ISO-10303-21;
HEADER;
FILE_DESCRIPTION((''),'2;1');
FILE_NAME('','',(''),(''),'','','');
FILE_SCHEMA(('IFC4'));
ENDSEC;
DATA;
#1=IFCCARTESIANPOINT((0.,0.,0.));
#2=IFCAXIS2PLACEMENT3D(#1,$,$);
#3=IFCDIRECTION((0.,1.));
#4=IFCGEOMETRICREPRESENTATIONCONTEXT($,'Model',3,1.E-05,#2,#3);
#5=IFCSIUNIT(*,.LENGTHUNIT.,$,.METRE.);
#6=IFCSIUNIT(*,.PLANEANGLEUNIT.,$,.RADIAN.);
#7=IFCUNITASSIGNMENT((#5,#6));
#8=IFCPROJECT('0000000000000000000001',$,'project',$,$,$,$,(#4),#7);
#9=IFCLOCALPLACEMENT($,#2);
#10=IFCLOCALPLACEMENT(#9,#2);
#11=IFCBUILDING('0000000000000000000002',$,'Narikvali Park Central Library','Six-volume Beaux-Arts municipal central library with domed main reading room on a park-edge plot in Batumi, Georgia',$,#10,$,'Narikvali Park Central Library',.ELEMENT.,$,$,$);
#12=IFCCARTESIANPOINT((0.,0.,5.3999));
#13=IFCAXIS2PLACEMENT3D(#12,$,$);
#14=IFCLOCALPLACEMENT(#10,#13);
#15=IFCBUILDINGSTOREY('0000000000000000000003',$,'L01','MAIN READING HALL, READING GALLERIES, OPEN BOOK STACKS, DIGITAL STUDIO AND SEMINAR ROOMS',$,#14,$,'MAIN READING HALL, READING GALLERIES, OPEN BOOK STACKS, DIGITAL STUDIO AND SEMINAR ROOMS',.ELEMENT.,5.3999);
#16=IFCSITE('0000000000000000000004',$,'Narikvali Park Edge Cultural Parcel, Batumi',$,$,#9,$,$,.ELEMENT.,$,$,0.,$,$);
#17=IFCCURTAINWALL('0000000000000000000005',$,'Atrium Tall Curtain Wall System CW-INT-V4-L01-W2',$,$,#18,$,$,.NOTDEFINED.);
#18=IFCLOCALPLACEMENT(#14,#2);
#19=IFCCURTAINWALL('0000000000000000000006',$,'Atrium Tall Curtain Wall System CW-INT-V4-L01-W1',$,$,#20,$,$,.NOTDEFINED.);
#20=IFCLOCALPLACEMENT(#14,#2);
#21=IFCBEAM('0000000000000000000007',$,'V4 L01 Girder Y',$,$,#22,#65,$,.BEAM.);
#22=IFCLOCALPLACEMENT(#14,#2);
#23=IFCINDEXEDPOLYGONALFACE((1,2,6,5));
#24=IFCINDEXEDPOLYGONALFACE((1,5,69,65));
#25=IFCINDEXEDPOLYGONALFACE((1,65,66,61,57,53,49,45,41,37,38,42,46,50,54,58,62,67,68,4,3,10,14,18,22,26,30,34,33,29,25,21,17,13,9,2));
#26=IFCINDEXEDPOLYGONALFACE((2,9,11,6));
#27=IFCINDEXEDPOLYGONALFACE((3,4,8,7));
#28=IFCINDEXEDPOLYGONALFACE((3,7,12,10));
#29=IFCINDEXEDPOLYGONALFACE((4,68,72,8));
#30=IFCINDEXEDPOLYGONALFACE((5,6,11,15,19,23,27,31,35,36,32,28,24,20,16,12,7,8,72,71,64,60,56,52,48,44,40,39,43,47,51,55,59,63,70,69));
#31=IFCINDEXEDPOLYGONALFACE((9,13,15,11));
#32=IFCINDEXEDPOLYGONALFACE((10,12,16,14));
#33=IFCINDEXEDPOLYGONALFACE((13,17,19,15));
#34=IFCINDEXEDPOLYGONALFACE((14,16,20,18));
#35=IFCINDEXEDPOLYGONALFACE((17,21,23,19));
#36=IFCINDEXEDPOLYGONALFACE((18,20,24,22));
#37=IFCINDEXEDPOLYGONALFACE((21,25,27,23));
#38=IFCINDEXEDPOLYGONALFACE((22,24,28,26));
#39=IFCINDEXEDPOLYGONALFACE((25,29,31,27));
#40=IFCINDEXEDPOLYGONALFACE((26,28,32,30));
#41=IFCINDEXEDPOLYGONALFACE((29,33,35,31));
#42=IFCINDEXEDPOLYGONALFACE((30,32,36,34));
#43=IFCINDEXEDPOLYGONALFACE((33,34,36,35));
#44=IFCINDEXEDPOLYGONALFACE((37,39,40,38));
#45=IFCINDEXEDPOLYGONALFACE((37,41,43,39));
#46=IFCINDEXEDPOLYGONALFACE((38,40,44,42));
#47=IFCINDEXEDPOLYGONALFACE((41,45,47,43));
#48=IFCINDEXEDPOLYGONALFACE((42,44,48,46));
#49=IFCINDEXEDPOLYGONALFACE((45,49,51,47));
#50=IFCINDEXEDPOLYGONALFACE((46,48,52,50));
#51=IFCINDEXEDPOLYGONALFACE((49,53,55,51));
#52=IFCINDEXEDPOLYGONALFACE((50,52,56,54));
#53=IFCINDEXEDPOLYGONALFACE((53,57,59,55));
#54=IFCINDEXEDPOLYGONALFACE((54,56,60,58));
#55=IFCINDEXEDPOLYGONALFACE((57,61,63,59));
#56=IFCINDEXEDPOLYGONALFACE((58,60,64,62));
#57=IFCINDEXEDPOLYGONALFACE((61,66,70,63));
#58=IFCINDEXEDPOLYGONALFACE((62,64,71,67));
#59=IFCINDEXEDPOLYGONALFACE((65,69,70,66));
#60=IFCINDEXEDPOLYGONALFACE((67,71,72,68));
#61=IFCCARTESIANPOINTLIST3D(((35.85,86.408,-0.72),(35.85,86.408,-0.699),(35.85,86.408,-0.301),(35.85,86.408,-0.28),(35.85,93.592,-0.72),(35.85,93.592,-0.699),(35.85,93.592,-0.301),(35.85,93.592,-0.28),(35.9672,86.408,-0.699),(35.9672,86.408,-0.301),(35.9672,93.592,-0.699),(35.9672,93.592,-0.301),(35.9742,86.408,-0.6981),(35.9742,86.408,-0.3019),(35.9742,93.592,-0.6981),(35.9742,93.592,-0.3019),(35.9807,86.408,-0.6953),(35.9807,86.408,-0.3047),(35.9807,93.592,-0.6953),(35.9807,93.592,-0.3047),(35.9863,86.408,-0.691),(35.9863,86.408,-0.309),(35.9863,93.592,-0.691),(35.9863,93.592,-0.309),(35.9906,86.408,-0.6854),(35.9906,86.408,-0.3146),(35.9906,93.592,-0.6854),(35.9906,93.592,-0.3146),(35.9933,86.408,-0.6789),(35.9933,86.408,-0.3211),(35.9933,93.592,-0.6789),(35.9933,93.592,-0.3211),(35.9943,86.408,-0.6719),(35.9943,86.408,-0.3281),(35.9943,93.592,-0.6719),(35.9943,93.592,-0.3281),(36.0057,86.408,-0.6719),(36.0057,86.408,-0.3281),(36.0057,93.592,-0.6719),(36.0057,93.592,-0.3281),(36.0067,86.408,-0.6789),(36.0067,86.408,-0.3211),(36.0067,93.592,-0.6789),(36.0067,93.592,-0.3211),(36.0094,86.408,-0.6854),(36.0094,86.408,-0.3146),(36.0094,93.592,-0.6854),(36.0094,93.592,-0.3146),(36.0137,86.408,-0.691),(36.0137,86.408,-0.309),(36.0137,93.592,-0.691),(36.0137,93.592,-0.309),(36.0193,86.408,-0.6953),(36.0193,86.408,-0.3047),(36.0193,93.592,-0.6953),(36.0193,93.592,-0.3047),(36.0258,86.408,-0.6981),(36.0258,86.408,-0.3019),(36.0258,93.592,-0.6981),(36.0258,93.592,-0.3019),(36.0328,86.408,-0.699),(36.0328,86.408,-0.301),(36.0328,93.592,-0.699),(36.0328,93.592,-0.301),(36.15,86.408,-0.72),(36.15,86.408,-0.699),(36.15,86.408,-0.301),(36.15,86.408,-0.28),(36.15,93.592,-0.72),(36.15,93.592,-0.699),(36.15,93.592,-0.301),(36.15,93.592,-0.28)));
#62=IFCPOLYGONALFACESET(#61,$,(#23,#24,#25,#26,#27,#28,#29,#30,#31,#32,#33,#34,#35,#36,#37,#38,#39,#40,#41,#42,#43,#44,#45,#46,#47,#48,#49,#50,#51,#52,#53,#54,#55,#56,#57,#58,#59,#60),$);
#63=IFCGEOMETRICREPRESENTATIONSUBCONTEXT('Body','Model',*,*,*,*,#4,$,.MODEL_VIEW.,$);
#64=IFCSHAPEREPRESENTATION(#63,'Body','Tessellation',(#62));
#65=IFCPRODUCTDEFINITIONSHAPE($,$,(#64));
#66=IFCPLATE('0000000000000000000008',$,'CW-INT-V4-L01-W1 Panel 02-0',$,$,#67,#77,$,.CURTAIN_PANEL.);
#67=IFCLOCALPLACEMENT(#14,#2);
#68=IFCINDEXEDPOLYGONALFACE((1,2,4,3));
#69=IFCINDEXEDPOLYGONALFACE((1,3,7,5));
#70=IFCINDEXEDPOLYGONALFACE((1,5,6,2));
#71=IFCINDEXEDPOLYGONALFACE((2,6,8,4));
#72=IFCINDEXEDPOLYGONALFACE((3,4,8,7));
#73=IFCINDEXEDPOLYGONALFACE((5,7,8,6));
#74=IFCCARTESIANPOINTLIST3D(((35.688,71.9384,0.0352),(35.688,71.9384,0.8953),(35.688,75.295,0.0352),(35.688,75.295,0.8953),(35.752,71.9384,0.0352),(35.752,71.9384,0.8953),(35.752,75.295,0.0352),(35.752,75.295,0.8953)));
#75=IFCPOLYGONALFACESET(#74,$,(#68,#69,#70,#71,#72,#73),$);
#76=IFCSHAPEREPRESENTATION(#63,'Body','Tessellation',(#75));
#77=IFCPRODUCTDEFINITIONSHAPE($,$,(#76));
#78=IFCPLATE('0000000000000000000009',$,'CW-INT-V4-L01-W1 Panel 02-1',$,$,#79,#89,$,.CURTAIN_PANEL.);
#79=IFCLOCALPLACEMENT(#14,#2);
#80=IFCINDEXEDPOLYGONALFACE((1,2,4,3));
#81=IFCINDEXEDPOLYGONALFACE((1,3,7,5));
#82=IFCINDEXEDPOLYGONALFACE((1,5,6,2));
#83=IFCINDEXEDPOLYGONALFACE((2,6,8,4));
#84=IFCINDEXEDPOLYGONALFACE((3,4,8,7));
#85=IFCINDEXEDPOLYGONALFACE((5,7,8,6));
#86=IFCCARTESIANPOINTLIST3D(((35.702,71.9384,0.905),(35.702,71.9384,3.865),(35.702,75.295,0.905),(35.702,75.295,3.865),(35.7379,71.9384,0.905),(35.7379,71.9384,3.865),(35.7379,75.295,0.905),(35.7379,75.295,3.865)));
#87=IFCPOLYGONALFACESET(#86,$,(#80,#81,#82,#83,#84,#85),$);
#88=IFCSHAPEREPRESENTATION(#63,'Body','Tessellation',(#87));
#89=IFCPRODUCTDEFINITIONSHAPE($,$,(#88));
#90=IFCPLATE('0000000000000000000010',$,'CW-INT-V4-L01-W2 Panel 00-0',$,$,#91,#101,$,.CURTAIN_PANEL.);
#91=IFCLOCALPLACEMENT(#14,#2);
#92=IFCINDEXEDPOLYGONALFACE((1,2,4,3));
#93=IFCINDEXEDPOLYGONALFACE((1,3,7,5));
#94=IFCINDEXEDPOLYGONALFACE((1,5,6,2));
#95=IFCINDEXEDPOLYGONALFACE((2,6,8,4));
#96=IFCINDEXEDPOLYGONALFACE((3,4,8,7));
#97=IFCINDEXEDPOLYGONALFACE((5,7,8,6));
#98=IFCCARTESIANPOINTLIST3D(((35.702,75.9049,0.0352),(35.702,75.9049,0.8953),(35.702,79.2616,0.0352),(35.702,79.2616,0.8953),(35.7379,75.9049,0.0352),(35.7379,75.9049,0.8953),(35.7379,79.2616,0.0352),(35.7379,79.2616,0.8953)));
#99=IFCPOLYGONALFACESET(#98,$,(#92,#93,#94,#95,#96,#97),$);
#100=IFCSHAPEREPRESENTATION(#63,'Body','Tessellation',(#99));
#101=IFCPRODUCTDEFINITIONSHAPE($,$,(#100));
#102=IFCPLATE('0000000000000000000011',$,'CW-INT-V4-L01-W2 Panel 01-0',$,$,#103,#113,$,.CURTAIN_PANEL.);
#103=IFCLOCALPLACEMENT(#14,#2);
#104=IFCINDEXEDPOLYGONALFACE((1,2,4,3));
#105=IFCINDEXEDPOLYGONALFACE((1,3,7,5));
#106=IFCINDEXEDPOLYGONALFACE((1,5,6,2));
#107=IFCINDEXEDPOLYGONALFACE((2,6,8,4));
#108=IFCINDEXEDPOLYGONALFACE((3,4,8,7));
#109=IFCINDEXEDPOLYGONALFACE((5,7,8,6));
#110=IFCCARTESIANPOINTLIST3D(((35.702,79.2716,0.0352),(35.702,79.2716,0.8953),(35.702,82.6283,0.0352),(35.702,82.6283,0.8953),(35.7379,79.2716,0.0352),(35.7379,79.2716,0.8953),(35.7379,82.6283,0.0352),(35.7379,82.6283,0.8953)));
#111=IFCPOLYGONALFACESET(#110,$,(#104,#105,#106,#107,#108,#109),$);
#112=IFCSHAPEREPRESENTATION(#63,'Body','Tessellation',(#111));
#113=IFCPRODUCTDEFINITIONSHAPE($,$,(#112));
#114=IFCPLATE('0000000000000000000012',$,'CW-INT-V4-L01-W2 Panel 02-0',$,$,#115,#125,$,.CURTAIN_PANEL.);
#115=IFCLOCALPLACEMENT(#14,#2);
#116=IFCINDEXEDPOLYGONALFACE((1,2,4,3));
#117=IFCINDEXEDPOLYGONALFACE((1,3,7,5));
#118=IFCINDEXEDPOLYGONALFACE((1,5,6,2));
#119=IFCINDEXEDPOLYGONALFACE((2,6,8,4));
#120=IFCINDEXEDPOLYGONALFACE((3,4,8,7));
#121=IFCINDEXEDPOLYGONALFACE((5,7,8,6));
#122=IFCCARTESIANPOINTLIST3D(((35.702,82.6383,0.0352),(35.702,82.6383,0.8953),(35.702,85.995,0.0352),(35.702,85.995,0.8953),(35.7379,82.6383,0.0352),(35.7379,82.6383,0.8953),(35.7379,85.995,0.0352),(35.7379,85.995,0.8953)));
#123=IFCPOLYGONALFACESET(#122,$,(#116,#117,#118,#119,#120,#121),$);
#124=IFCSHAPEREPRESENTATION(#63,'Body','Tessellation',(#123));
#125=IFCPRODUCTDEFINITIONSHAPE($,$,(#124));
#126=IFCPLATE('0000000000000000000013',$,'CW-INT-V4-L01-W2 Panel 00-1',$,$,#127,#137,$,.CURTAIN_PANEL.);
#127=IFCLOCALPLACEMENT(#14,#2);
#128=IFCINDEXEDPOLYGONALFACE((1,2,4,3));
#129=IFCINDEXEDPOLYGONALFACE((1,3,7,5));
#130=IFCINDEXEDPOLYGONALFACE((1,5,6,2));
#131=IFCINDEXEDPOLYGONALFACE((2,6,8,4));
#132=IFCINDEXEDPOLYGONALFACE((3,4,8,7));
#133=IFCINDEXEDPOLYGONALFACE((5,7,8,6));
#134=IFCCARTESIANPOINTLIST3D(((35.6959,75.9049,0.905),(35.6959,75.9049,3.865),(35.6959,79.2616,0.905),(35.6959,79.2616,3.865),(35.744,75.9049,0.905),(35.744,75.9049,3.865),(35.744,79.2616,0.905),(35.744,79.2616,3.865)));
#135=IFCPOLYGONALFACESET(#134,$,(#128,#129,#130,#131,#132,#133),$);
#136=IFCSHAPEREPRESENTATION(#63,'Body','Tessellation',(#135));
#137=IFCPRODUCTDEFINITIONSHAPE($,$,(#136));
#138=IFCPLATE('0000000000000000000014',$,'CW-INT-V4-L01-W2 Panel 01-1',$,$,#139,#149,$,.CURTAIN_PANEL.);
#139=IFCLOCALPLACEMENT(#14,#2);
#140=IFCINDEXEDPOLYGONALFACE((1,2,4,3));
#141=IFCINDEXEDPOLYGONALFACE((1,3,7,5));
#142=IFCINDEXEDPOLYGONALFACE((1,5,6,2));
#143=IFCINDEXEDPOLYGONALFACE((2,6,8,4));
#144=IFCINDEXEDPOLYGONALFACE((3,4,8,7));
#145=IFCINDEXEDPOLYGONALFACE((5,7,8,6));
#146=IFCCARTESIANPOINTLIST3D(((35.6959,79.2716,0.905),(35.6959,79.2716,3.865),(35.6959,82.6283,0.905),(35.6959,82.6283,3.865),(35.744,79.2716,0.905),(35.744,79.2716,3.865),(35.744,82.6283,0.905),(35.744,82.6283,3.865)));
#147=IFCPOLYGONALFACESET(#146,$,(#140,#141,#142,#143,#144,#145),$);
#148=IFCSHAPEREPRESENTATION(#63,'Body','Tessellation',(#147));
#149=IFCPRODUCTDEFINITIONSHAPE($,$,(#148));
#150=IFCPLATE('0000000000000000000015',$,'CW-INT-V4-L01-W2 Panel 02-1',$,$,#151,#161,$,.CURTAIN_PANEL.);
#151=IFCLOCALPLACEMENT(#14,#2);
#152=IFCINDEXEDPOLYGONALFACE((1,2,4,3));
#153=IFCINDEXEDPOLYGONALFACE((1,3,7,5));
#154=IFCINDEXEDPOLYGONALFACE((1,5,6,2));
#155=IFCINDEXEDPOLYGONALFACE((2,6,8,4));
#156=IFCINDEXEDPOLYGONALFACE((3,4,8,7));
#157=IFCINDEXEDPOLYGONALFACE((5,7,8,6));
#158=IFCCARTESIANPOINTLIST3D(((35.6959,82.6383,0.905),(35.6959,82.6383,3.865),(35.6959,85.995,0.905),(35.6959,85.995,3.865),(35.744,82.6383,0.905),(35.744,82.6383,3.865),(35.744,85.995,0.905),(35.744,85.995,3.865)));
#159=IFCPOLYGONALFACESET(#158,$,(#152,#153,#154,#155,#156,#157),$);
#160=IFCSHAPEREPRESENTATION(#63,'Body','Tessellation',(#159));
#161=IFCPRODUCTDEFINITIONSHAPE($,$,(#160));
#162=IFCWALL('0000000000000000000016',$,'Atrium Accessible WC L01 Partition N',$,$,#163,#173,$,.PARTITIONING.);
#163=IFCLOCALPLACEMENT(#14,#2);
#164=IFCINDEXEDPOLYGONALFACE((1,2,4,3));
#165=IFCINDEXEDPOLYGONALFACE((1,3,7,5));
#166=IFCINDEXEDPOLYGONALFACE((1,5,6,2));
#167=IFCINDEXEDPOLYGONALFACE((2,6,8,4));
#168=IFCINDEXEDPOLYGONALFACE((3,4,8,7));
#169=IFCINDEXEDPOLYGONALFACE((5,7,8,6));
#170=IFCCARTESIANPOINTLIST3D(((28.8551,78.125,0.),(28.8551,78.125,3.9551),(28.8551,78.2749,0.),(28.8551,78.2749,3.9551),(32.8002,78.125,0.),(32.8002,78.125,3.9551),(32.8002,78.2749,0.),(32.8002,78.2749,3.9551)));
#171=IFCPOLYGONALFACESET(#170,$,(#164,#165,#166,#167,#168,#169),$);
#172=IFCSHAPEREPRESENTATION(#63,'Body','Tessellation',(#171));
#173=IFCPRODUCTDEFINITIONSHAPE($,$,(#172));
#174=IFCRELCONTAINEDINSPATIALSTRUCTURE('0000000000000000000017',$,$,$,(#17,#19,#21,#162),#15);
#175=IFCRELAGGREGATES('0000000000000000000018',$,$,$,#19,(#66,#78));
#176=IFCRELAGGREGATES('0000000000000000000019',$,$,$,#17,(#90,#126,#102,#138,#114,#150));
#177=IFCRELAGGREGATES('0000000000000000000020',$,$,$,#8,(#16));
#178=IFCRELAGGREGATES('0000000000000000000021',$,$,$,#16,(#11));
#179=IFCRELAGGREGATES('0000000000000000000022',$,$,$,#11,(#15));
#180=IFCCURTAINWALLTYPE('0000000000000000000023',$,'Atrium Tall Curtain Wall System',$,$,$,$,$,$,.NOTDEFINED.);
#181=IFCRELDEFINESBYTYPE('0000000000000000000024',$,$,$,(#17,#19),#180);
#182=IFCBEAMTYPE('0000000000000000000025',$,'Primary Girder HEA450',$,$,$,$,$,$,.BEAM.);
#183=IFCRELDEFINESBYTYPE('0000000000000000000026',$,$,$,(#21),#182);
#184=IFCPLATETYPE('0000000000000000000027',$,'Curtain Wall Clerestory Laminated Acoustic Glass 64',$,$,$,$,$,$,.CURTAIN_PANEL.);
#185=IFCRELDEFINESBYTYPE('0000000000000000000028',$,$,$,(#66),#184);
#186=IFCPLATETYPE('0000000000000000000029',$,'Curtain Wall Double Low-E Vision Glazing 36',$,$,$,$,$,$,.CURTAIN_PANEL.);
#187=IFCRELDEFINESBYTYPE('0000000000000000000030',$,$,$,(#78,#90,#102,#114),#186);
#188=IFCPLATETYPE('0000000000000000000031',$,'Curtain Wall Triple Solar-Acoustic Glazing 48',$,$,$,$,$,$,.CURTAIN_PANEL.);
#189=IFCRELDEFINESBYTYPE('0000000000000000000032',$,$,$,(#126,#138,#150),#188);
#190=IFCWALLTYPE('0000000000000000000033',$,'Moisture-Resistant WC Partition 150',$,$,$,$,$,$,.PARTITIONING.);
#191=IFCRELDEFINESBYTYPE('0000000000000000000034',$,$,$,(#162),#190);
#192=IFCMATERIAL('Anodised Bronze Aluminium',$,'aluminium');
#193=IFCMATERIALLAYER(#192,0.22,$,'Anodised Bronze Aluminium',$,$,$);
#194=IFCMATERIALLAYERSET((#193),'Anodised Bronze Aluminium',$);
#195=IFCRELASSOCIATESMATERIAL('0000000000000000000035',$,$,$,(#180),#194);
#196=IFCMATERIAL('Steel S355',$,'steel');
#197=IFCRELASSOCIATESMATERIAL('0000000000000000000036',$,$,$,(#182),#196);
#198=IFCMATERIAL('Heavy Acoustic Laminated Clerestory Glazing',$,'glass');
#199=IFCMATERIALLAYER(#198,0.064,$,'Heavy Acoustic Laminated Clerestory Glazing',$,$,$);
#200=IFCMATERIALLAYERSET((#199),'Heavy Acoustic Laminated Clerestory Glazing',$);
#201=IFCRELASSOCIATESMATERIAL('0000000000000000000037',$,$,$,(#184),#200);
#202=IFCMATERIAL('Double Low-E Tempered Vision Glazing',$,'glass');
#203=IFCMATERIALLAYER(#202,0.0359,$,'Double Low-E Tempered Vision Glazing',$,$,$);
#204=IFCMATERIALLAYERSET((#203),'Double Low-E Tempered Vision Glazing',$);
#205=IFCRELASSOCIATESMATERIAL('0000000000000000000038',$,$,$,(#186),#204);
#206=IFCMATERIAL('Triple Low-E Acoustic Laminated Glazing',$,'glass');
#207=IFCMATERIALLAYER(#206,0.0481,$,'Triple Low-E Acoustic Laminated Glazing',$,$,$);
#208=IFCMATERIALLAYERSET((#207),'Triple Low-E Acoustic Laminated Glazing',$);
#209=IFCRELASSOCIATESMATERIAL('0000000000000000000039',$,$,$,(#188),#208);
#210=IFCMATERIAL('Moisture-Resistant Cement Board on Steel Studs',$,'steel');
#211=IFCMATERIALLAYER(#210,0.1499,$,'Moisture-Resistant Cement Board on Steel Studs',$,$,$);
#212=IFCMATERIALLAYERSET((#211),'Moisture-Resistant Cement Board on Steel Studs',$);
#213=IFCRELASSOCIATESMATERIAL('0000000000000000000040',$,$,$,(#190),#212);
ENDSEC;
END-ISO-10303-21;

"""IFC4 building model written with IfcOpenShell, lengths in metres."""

from ifc_helpers import new_model, si_unit, direction, frame, frame_2d, origin, origin_2d, place, context, subcontext, project, spatial, rectangle, i_section, extrude, material, layer, layer_set, material_profile, profile_set, type_object, element, aggregate, save


model = new_model("IFC4")

# Units and contexts
model_context = context("Model", 3, precision=1e-05, world=origin(), true_north=direction((0.0, 1.0)))
body_context = subcontext(model_context, "Body", "Model", "MODEL_VIEW")
ifc_project = project(units=[si_unit("LENGTHUNIT", "METRE"), si_unit("PLANEANGLEUNIT", "RADIAN")], contexts=[model_context])

# Site, building, storey
site_placement = place(None, origin())
site = spatial("IfcSite", under=ifc_project, at=site_placement, Name="Narikvali Park Edge Cultural Parcel, Batumi", CompositionType="ELEMENT", RefElevation=0.0)
building_placement = place(site_placement, origin())
building = spatial("IfcBuilding", under=site, at=building_placement, Name="Narikvali Park Central Library", Description="Six-volume Beaux-Arts municipal central library with domed main reading room on a park-edge plot in Batumi, Georgia", LongName="Narikvali Park Central Library", CompositionType="ELEMENT")
storey_placement = place(building_placement, frame((0.0, 0.0, 5.3999)))
storey = spatial("IfcBuildingStorey", under=building, at=storey_placement, Name="L01", Description="MAIN READING HALL, READING GALLERIES, OPEN BOOK STACKS, DIGITAL STUDIO AND SEMINAR ROOMS", LongName="MAIN READING HALL, READING GALLERIES, OPEN BOOK STACKS, DIGITAL STUDIO AND SEMINAR ROOMS", CompositionType="ELEMENT", Elevation=5.3999)

# Shared definitions
ifc_material_1 = material(Name="Steel S355", Category="steel")

# Curtain wall
ifc_material_2 = material(Name="Anodised Bronze Aluminium", Category="aluminium")
ifc_layer_1 = layer(ifc_material_2, 0.22, Name="Anodised Bronze Aluminium")
ifc_layer_set_1 = layer_set([ifc_layer_1], Name="Anodised Bronze Aluminium")
curtain_wall_type = type_object("IfcCurtainWallType", Name="Atrium Tall Curtain Wall System", PredefinedType="NOTDEFINED", material=ifc_layer_set_1)
curtain_wall_1_placement = place(storey_placement, origin())
curtain_wall_1 = element("IfcCurtainWall", 1, at=curtain_wall_1_placement, inside=storey, type_object=curtain_wall_type, Name="Atrium Tall Curtain Wall System CW-INT-V4-L01-W2", PredefinedType="NOTDEFINED")

# Curtain wall
curtain_wall_2_placement = place(storey_placement, origin())
curtain_wall_2 = element("IfcCurtainWall", 2, at=curtain_wall_2_placement, inside=storey, type_object=curtain_wall_type, Name="Atrium Tall Curtain Wall System CW-INT-V4-L01-W1", PredefinedType="NOTDEFINED")

# Beam
ifc_material_profile_1 = material_profile(ifc_material_1, i_section(OverallWidth=0.3, OverallDepth=0.4399, WebThickness=0.0115, FlangeThickness=0.021, FilletRadius=0.0271, at=origin_2d()), Name="HEA 450")
ifc_profile_set_1 = profile_set([ifc_material_profile_1], Name="Steel S355")
beam_type_1 = type_object("IfcBeamType", Name="Primary Girder HEA450", PredefinedType="BEAM", material=ifc_profile_set_1)
beam_placement = place(storey_placement, frame((36.0, 86.408, -0.5), z_axis=(0.0, 1.0, 0.0), x_axis=(-1.0, 0.0, 0.0)))
element("IfcBeam", 3, at=beam_placement, inside=storey, type_object=beam_type_1, Name="V4 L01 Girder Y", PredefinedType="BEAM", context=body_context, shape_type="SweptSolid", body=[
    extrude(i_section(OverallWidth=0.3, OverallDepth=0.4399, WebThickness=0.0115, FlangeThickness=0.021, FilletRadius=0.0271, at=origin_2d()), origin(), (0.0, 0.0, 1.0), 7.1841),
])

# Plates
ifc_material_3 = material(Name="Heavy Acoustic Laminated Clerestory Glazing", Category="glass")
ifc_layer_2 = layer(ifc_material_3, 0.064, Name="Heavy Acoustic Laminated Clerestory Glazing")
ifc_layer_set_2 = layer_set([ifc_layer_2], Name="Heavy Acoustic Laminated Clerestory Glazing")
plate_type_1 = type_object("IfcPlateType", Name="Curtain Wall Clerestory Laminated Acoustic Glass 64", PredefinedType="CURTAIN_PANEL", material=ifc_layer_set_2)
plate_1_placement = place(storey_placement, frame((35.72, 73.6167, 0.0352), z_axis=(0.0, 0.0, 1.0), x_axis=(0.0, 1.0, 0.0)))
plate_1 = element("IfcPlate", 4, at=plate_1_placement, type_object=plate_type_1, Name="CW-INT-V4-L01-W1 Panel 02-0", PredefinedType="CURTAIN_PANEL", context=body_context, shape_type="SweptSolid", body=[
    extrude(rectangle(XDim=3.3567, YDim=0.064, at=origin_2d()), origin(), (0.0, 0.0, 1.0), 0.8601),
])
ifc_material_4 = material(Name="Double Low-E Tempered Vision Glazing", Category="glass")
ifc_layer_3 = layer(ifc_material_4, 0.0359, Name="Double Low-E Tempered Vision Glazing")
ifc_layer_set_3 = layer_set([ifc_layer_3], Name="Double Low-E Tempered Vision Glazing")
plate_type_2 = type_object("IfcPlateType", Name="Curtain Wall Double Low-E Vision Glazing 36", PredefinedType="CURTAIN_PANEL", material=ifc_layer_set_3)
plate_2_placement = place(storey_placement, frame((35.72, 73.6167, 0.905), z_axis=(0.0, 0.0, 1.0), x_axis=(0.0, 1.0, 0.0)))
plate_2 = element("IfcPlate", 5, at=plate_2_placement, type_object=plate_type_2, Name="CW-INT-V4-L01-W1 Panel 02-1", PredefinedType="CURTAIN_PANEL", context=body_context, shape_type="SweptSolid", body=[
    extrude(rectangle(XDim=3.3567, YDim=0.0359, at=origin_2d()), origin(), (0.0, 0.0, 1.0), 2.96),
])
aggregate(curtain_wall_2, [plate_1, plate_2])
plate_3_placement = place(storey_placement, frame((35.72, 77.5833, 0.0352), z_axis=(0.0, 0.0, 1.0), x_axis=(0.0, 1.0, 0.0)))
plate_3 = element("IfcPlate", 6, at=plate_3_placement, type_object=plate_type_2, Name="CW-INT-V4-L01-W2 Panel 00-0", PredefinedType="CURTAIN_PANEL", context=body_context, shape_type="SweptSolid", body=[
    extrude(rectangle(XDim=3.3567, YDim=0.0359, at=origin_2d()), origin(), (0.0, 0.0, 1.0), 0.8601),
])
plate_4_placement = place(storey_placement, frame((35.72, 80.95, 0.0352), z_axis=(0.0, 0.0, 1.0), x_axis=(0.0, 1.0, 0.0)))
plate_4 = element("IfcPlate", 7, at=plate_4_placement, type_object=plate_type_2, Name="CW-INT-V4-L01-W2 Panel 01-0", PredefinedType="CURTAIN_PANEL", context=body_context, shape_type="SweptSolid", body=[
    extrude(rectangle(XDim=3.3567, YDim=0.0359, at=origin_2d()), origin(), (0.0, 0.0, 1.0), 0.8601),
])
plate_5_placement = place(storey_placement, frame((35.72, 84.3167, 0.0352), z_axis=(0.0, 0.0, 1.0), x_axis=(0.0, 1.0, 0.0)))
plate_5 = element("IfcPlate", 8, at=plate_5_placement, type_object=plate_type_2, Name="CW-INT-V4-L01-W2 Panel 02-0", PredefinedType="CURTAIN_PANEL", context=body_context, shape_type="SweptSolid", body=[
    extrude(rectangle(XDim=3.3567, YDim=0.0359, at=origin_2d()), origin(), (0.0, 0.0, 1.0), 0.8601),
])
ifc_material_5 = material(Name="Triple Low-E Acoustic Laminated Glazing", Category="glass")
ifc_layer_4 = layer(ifc_material_5, 0.0481, Name="Triple Low-E Acoustic Laminated Glazing")
ifc_layer_set_4 = layer_set([ifc_layer_4], Name="Triple Low-E Acoustic Laminated Glazing")
plate_type_3 = type_object("IfcPlateType", Name="Curtain Wall Triple Solar-Acoustic Glazing 48", PredefinedType="CURTAIN_PANEL", material=ifc_layer_set_4)
plate_6_placement = place(storey_placement, frame((35.72, 77.5833, 0.905), z_axis=(0.0, 0.0, 1.0), x_axis=(0.0, 1.0, 0.0)))
plate_6 = element("IfcPlate", 9, at=plate_6_placement, type_object=plate_type_3, Name="CW-INT-V4-L01-W2 Panel 00-1", PredefinedType="CURTAIN_PANEL", context=body_context, shape_type="SweptSolid", body=[
    extrude(rectangle(XDim=3.3567, YDim=0.0481, at=origin_2d()), origin(), (0.0, 0.0, 1.0), 2.96),
])
plate_7_placement = place(storey_placement, frame((35.72, 80.95, 0.905), z_axis=(0.0, 0.0, 1.0), x_axis=(0.0, 1.0, 0.0)))
plate_7 = element("IfcPlate", 10, at=plate_7_placement, type_object=plate_type_3, Name="CW-INT-V4-L01-W2 Panel 01-1", PredefinedType="CURTAIN_PANEL", context=body_context, shape_type="SweptSolid", body=[
    extrude(rectangle(XDim=3.3567, YDim=0.0481, at=origin_2d()), origin(), (0.0, 0.0, 1.0), 2.96),
])
plate_8_placement = place(storey_placement, frame((35.72, 84.3167, 0.905), z_axis=(0.0, 0.0, 1.0), x_axis=(0.0, 1.0, 0.0)))
plate_8 = element("IfcPlate", 11, at=plate_8_placement, type_object=plate_type_3, Name="CW-INT-V4-L01-W2 Panel 02-1", PredefinedType="CURTAIN_PANEL", context=body_context, shape_type="SweptSolid", body=[
    extrude(rectangle(XDim=3.3567, YDim=0.0481, at=origin_2d()), origin(), (0.0, 0.0, 1.0), 2.96),
])
aggregate(curtain_wall_1, [plate_3, plate_6, plate_4, plate_7, plate_5, plate_8])

# Wall
ifc_material_6 = material(Name="Moisture-Resistant Cement Board on Steel Studs", Category="steel")
ifc_layer_5 = layer(ifc_material_6, 0.1499, Name="Moisture-Resistant Cement Board on Steel Studs")
ifc_layer_set_5 = layer_set([ifc_layer_5], Name="Moisture-Resistant Cement Board on Steel Studs")
wall_type_1 = type_object("IfcWallType", Name="Moisture-Resistant WC Partition 150", PredefinedType="PARTITIONING", material=ifc_layer_set_5)
wall_1_placement = place(storey_placement, frame((28.855, 78.2, 0.0), z_axis=(0.0, 0.0, 1.0), x_axis=(1.0, 0.0, 0.0)))
element("IfcWall", 12, at=wall_1_placement, inside=storey, type_object=wall_type_1, Name="Atrium Accessible WC L01 Partition N", PredefinedType="PARTITIONING", context=body_context, shape_type="SweptSolid", body=[
    extrude(rectangle(XDim=3.9451, YDim=0.1499, at=frame_2d((1.9727, 0.0))), origin(), (0.0, 0.0, 1.0), 3.9551),
])

save(model, "model.ifc")
